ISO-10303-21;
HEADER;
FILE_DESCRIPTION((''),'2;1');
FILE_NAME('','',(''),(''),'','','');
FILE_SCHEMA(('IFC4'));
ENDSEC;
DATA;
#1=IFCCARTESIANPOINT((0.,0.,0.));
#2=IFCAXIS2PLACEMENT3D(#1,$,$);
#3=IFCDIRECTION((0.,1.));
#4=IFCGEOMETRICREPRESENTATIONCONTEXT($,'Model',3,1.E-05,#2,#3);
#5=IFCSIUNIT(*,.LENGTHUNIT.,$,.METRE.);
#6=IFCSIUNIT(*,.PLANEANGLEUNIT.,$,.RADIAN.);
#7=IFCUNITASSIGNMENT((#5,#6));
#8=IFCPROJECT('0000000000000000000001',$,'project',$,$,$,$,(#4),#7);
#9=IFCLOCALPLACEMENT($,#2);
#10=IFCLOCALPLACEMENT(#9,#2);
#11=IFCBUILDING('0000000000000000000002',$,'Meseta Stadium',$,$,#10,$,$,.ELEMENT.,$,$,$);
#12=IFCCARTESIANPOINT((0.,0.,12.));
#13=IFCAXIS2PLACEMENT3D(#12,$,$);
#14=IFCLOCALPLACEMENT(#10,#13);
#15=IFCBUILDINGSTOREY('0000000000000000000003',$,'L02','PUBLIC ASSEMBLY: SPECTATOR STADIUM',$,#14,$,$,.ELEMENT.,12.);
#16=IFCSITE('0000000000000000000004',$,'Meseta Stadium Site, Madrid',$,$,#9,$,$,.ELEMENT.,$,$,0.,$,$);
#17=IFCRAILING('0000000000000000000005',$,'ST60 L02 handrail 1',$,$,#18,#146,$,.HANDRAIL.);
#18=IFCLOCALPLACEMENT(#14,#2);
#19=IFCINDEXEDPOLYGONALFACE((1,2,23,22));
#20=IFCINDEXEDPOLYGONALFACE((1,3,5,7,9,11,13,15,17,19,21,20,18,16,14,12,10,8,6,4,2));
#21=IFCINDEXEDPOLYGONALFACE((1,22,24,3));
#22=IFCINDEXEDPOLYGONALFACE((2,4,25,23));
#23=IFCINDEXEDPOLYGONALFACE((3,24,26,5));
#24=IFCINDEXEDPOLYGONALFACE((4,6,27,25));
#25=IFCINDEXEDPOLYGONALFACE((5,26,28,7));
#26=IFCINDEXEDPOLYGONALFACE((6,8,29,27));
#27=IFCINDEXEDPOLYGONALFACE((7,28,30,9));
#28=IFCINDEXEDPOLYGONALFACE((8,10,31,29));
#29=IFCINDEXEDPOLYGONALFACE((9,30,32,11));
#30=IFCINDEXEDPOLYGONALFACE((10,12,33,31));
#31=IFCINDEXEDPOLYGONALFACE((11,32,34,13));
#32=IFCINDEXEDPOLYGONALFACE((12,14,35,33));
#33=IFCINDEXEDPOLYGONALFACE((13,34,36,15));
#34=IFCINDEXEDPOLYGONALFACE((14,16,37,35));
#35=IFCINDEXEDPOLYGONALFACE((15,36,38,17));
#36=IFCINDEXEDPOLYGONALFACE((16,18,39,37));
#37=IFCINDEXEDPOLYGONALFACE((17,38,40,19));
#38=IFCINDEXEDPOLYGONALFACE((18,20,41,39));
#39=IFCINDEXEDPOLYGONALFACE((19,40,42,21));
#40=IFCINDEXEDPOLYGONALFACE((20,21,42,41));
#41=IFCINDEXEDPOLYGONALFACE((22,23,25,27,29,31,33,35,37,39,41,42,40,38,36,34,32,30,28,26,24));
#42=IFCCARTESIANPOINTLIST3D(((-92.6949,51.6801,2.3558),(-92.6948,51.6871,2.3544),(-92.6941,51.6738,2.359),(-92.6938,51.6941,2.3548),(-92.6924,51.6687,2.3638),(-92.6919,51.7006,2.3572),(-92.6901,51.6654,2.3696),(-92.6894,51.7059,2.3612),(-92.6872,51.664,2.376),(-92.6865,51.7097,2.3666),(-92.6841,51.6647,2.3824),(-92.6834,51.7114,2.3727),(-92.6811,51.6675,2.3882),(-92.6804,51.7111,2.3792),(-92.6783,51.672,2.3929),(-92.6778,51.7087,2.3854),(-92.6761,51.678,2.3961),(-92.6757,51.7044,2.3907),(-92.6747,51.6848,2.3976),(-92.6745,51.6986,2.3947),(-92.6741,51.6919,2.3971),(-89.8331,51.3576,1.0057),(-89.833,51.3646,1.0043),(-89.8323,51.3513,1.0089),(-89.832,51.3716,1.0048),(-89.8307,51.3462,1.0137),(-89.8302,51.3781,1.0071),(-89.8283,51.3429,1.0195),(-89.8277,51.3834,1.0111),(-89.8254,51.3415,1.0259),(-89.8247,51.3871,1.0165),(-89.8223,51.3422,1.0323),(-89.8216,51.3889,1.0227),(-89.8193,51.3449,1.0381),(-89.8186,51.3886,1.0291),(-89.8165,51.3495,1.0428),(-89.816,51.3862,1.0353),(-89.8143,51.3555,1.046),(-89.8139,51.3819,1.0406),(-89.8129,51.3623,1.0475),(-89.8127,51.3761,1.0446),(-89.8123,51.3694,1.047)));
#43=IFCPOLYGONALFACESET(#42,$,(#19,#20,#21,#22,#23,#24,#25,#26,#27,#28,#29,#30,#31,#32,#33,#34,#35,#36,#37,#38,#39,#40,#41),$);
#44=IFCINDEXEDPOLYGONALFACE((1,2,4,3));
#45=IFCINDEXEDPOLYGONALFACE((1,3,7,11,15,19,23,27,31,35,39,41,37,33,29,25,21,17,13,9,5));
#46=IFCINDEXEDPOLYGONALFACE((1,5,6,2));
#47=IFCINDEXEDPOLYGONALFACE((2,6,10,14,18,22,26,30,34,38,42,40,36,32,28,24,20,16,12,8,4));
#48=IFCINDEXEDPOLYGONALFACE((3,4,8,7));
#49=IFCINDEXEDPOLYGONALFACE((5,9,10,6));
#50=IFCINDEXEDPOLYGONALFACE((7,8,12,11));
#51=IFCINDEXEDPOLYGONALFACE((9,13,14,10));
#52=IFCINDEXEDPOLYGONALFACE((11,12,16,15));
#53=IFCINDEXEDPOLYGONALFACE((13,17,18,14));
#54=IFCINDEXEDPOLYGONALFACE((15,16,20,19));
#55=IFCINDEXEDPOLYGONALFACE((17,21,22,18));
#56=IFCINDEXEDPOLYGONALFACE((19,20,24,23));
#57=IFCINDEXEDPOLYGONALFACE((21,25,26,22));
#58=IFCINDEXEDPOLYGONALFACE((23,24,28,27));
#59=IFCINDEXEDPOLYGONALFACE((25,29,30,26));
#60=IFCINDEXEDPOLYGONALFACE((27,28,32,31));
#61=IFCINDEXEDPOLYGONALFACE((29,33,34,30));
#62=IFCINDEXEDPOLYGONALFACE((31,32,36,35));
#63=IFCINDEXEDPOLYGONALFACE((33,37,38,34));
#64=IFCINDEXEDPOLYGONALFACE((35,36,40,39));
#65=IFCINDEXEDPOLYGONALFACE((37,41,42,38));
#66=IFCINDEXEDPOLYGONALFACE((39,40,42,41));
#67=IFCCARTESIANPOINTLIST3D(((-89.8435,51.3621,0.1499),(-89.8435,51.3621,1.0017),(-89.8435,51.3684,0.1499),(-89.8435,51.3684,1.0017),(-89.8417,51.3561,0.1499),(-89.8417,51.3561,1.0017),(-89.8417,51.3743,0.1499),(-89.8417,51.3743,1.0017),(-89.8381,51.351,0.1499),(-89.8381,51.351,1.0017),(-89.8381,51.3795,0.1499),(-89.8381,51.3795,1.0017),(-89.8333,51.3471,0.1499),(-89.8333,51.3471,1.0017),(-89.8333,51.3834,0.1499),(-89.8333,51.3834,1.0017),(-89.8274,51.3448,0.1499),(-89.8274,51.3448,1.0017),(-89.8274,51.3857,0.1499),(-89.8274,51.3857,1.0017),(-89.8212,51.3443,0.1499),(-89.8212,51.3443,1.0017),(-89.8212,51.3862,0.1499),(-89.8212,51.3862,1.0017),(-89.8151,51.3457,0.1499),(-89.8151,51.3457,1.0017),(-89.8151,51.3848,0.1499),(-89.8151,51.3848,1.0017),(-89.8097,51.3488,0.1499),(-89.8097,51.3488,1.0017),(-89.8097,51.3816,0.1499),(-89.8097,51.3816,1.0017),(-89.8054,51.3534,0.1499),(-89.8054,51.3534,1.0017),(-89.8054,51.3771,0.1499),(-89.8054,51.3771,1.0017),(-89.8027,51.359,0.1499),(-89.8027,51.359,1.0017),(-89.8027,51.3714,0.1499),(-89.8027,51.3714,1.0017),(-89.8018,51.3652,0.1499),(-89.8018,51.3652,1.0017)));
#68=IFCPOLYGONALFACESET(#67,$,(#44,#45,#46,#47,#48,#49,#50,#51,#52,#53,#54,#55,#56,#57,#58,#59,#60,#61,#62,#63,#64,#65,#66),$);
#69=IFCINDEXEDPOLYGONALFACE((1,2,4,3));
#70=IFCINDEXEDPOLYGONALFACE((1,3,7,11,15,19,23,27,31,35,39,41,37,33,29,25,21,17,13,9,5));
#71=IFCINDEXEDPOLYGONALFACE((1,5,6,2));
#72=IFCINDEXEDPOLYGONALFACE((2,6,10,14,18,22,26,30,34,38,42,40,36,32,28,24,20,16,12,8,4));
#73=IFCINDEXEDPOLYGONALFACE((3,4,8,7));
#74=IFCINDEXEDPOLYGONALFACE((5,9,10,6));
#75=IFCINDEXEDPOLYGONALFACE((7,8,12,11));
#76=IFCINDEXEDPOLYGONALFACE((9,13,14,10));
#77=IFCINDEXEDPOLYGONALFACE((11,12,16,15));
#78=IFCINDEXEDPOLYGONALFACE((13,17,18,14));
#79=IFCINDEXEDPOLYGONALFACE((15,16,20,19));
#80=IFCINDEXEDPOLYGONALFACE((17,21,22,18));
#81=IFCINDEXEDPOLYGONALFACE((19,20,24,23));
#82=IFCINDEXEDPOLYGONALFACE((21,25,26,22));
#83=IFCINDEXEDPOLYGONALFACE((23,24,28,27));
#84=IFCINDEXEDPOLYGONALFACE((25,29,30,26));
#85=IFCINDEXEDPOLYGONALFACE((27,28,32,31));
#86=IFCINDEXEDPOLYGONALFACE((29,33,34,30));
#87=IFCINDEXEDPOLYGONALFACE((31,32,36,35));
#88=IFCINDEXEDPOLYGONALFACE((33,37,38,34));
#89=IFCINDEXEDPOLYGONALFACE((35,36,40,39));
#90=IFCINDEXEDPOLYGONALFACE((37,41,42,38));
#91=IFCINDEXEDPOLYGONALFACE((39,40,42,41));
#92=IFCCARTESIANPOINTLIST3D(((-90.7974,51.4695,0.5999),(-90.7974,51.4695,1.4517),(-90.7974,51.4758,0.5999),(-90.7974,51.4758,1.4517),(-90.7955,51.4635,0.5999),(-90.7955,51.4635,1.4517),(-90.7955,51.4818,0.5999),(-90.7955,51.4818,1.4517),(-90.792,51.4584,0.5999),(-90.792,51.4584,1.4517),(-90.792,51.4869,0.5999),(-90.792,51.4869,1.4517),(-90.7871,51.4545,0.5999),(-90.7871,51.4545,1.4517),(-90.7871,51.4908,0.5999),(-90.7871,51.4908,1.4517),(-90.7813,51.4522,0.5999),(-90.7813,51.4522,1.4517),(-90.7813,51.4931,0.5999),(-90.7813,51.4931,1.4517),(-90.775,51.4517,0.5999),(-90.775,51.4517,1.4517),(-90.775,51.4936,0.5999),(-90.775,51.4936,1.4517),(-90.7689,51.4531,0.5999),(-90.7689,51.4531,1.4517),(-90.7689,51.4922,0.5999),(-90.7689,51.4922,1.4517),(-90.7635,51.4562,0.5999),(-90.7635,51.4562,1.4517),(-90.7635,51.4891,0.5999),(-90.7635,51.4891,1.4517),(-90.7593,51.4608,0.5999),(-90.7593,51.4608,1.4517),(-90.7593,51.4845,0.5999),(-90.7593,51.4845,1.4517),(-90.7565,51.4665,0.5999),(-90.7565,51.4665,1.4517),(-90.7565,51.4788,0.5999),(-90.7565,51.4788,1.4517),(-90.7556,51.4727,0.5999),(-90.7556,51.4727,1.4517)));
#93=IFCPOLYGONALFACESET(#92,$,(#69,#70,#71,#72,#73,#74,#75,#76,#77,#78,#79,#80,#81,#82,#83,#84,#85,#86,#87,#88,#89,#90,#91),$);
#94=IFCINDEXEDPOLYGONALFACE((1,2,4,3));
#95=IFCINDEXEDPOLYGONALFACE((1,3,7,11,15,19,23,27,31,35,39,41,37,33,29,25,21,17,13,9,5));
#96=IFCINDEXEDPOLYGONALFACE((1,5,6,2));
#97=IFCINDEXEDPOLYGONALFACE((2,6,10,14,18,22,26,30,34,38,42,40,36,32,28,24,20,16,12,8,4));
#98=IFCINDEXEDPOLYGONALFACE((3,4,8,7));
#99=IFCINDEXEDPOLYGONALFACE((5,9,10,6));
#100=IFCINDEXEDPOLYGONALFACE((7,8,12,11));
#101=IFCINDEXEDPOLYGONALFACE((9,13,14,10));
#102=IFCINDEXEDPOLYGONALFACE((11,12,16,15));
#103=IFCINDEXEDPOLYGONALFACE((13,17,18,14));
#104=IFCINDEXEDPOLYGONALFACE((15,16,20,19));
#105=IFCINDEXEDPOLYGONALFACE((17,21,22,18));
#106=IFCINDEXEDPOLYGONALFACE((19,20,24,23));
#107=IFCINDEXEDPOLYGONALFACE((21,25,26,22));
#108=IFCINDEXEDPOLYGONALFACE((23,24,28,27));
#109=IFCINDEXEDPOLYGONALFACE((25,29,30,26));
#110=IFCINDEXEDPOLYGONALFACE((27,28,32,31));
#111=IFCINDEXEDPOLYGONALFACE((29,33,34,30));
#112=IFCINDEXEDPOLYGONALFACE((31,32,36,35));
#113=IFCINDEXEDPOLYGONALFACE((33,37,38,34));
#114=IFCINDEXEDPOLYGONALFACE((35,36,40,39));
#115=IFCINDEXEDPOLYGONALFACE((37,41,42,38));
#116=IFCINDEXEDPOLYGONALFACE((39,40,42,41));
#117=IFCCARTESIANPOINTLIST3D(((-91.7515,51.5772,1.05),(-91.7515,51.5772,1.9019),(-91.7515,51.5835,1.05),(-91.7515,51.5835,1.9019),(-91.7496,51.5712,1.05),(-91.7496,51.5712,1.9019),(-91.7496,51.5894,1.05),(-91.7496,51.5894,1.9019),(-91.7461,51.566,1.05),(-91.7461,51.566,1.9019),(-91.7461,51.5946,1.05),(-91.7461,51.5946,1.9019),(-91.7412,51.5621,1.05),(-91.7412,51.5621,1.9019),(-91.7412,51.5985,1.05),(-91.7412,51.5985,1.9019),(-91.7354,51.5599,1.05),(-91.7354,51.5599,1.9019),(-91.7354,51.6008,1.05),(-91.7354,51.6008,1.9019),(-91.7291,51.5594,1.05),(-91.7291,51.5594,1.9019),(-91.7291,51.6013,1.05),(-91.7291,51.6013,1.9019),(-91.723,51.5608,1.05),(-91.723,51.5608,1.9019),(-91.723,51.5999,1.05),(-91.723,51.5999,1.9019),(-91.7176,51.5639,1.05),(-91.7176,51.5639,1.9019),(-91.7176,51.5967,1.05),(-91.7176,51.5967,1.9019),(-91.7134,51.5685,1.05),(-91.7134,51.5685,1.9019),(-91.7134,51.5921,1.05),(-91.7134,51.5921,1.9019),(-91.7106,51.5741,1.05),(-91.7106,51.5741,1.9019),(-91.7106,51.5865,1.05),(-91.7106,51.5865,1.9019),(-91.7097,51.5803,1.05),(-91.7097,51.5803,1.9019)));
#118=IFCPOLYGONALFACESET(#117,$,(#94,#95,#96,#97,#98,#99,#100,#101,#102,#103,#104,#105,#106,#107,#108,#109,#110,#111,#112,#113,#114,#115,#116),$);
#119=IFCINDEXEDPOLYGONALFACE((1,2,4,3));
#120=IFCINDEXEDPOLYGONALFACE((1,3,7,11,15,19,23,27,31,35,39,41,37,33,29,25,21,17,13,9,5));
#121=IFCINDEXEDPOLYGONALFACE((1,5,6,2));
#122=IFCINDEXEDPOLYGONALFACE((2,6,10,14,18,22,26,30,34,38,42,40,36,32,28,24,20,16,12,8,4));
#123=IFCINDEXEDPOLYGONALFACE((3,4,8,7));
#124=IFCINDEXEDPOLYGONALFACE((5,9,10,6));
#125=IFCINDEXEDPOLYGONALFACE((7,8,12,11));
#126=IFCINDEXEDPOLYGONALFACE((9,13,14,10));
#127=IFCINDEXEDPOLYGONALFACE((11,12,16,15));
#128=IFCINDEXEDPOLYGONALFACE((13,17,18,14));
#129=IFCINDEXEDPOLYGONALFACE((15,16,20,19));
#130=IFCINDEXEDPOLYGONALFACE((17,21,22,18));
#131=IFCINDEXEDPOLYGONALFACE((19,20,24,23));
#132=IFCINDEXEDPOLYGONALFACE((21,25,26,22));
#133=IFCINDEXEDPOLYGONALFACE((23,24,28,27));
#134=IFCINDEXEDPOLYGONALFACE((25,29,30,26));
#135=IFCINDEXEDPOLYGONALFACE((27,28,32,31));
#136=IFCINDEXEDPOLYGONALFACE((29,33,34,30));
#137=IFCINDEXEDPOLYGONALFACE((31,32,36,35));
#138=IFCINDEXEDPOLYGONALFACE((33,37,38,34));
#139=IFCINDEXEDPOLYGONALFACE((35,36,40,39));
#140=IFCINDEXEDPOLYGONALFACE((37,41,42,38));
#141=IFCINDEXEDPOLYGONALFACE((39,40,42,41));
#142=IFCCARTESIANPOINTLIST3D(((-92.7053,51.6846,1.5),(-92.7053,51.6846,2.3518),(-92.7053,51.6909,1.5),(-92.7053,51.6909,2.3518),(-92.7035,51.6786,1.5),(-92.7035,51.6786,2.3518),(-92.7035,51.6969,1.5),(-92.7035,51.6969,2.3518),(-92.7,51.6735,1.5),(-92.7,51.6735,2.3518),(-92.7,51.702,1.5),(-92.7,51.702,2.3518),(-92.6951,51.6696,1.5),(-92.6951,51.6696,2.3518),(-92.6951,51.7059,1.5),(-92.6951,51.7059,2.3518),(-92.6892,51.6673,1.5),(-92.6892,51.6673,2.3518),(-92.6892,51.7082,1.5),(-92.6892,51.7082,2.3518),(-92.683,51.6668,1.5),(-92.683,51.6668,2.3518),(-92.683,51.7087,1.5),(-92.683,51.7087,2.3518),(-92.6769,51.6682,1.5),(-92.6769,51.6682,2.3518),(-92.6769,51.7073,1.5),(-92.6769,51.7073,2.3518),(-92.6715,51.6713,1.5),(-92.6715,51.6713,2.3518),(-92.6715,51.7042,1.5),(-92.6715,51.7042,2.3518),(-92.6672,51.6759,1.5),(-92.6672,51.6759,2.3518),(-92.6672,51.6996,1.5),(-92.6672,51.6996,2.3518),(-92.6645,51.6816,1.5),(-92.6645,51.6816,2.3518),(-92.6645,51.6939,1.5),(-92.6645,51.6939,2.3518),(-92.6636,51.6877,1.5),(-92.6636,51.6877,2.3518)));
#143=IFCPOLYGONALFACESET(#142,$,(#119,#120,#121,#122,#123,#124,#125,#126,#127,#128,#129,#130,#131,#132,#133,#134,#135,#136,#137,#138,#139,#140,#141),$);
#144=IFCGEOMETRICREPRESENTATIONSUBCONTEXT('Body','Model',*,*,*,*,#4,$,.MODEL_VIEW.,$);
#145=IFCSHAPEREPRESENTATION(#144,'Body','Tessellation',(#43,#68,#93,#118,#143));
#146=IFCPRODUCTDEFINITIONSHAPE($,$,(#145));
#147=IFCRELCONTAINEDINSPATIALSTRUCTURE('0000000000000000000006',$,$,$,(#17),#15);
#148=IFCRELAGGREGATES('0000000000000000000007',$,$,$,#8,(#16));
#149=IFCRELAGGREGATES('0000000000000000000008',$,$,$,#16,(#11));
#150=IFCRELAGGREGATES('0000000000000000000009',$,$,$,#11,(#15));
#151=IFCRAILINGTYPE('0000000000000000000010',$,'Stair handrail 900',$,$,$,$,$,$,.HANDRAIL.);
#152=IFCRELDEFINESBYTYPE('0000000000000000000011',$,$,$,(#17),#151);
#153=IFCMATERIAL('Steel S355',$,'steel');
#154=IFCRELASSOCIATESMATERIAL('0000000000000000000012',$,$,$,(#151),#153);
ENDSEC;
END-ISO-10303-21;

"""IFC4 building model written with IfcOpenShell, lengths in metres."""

from ifc_helpers import new_model, si_unit, direction, frame, origin, origin_2d, place, context, subcontext, project, spatial, circle, extrude, material, type_object, element, save


model = new_model("IFC4")

# Units and contexts
model_context = context("Model", 3, precision=1e-05, world=origin(), true_north=direction((0.0, 1.0)))
body_context = subcontext(model_context, "Body", "Model", "MODEL_VIEW")
ifc_project = project(units=[si_unit("LENGTHUNIT", "METRE"), si_unit("PLANEANGLEUNIT", "RADIAN")], contexts=[model_context])

# Site, building, storey
site_placement = place(None, origin())
site = spatial("IfcSite", under=ifc_project, at=site_placement, Name="Meseta Stadium Site, Madrid", CompositionType="ELEMENT", RefElevation=0.0)
building_placement = place(site_placement, origin())
building = spatial("IfcBuilding", under=site, at=building_placement, Name="Meseta Stadium", CompositionType="ELEMENT")
storey_placement = place(building_placement, frame((0.0, 0.0, 12.0)))
storey = spatial("IfcBuildingStorey", under=building, at=storey_placement, Name="L02", Description="PUBLIC ASSEMBLY: SPECTATOR STADIUM", CompositionType="ELEMENT", Elevation=12.0)

# Railing
ifc_material_1 = material(Name="Steel S355", Category="steel")
railing_type_1 = type_object("IfcRailingType", Name="Stair handrail 900", PredefinedType="HANDRAIL", material=ifc_material_1)
railing_1_placement = place(storey_placement, frame((-89.8228, 51.3652, 0.1499)))
element("IfcRailing", 1, at=railing_1_placement, inside=storey, type_object=railing_type_1, Name="ST60 L02 handrail 1", PredefinedType="HANDRAIL", context=body_context, shape_type="SweptSolid", body=[
    extrude(circle(Radius=0.0239, at=origin_2d()), frame((0.0, 0.0, 0.876), z_axis=(-0.899748, 0.101396, 0.424467), x_axis=(-0.111985, -0.99371, 0.0)), (0.0, 0.0, 1.0), 3.1807),
    extrude(circle(Radius=0.021, at=origin_2d()), origin(), (0.0, 0.0, 1.0), 0.8518),
    extrude(circle(Radius=0.021, at=origin_2d()), frame((-0.9539, 0.1074, 0.45)), (0.0, 0.0, 1.0), 0.8518),
    extrude(circle(Radius=0.021, at=origin_2d()), frame((-1.908, 0.2151, 0.9001)), (0.0, 0.0, 1.0), 0.8518),
    extrude(circle(Radius=0.021, at=origin_2d()), frame((-2.8618, 0.3225, 1.3501)), (0.0, 0.0, 1.0), 0.8518),
])

save(model, "model.ifc")
